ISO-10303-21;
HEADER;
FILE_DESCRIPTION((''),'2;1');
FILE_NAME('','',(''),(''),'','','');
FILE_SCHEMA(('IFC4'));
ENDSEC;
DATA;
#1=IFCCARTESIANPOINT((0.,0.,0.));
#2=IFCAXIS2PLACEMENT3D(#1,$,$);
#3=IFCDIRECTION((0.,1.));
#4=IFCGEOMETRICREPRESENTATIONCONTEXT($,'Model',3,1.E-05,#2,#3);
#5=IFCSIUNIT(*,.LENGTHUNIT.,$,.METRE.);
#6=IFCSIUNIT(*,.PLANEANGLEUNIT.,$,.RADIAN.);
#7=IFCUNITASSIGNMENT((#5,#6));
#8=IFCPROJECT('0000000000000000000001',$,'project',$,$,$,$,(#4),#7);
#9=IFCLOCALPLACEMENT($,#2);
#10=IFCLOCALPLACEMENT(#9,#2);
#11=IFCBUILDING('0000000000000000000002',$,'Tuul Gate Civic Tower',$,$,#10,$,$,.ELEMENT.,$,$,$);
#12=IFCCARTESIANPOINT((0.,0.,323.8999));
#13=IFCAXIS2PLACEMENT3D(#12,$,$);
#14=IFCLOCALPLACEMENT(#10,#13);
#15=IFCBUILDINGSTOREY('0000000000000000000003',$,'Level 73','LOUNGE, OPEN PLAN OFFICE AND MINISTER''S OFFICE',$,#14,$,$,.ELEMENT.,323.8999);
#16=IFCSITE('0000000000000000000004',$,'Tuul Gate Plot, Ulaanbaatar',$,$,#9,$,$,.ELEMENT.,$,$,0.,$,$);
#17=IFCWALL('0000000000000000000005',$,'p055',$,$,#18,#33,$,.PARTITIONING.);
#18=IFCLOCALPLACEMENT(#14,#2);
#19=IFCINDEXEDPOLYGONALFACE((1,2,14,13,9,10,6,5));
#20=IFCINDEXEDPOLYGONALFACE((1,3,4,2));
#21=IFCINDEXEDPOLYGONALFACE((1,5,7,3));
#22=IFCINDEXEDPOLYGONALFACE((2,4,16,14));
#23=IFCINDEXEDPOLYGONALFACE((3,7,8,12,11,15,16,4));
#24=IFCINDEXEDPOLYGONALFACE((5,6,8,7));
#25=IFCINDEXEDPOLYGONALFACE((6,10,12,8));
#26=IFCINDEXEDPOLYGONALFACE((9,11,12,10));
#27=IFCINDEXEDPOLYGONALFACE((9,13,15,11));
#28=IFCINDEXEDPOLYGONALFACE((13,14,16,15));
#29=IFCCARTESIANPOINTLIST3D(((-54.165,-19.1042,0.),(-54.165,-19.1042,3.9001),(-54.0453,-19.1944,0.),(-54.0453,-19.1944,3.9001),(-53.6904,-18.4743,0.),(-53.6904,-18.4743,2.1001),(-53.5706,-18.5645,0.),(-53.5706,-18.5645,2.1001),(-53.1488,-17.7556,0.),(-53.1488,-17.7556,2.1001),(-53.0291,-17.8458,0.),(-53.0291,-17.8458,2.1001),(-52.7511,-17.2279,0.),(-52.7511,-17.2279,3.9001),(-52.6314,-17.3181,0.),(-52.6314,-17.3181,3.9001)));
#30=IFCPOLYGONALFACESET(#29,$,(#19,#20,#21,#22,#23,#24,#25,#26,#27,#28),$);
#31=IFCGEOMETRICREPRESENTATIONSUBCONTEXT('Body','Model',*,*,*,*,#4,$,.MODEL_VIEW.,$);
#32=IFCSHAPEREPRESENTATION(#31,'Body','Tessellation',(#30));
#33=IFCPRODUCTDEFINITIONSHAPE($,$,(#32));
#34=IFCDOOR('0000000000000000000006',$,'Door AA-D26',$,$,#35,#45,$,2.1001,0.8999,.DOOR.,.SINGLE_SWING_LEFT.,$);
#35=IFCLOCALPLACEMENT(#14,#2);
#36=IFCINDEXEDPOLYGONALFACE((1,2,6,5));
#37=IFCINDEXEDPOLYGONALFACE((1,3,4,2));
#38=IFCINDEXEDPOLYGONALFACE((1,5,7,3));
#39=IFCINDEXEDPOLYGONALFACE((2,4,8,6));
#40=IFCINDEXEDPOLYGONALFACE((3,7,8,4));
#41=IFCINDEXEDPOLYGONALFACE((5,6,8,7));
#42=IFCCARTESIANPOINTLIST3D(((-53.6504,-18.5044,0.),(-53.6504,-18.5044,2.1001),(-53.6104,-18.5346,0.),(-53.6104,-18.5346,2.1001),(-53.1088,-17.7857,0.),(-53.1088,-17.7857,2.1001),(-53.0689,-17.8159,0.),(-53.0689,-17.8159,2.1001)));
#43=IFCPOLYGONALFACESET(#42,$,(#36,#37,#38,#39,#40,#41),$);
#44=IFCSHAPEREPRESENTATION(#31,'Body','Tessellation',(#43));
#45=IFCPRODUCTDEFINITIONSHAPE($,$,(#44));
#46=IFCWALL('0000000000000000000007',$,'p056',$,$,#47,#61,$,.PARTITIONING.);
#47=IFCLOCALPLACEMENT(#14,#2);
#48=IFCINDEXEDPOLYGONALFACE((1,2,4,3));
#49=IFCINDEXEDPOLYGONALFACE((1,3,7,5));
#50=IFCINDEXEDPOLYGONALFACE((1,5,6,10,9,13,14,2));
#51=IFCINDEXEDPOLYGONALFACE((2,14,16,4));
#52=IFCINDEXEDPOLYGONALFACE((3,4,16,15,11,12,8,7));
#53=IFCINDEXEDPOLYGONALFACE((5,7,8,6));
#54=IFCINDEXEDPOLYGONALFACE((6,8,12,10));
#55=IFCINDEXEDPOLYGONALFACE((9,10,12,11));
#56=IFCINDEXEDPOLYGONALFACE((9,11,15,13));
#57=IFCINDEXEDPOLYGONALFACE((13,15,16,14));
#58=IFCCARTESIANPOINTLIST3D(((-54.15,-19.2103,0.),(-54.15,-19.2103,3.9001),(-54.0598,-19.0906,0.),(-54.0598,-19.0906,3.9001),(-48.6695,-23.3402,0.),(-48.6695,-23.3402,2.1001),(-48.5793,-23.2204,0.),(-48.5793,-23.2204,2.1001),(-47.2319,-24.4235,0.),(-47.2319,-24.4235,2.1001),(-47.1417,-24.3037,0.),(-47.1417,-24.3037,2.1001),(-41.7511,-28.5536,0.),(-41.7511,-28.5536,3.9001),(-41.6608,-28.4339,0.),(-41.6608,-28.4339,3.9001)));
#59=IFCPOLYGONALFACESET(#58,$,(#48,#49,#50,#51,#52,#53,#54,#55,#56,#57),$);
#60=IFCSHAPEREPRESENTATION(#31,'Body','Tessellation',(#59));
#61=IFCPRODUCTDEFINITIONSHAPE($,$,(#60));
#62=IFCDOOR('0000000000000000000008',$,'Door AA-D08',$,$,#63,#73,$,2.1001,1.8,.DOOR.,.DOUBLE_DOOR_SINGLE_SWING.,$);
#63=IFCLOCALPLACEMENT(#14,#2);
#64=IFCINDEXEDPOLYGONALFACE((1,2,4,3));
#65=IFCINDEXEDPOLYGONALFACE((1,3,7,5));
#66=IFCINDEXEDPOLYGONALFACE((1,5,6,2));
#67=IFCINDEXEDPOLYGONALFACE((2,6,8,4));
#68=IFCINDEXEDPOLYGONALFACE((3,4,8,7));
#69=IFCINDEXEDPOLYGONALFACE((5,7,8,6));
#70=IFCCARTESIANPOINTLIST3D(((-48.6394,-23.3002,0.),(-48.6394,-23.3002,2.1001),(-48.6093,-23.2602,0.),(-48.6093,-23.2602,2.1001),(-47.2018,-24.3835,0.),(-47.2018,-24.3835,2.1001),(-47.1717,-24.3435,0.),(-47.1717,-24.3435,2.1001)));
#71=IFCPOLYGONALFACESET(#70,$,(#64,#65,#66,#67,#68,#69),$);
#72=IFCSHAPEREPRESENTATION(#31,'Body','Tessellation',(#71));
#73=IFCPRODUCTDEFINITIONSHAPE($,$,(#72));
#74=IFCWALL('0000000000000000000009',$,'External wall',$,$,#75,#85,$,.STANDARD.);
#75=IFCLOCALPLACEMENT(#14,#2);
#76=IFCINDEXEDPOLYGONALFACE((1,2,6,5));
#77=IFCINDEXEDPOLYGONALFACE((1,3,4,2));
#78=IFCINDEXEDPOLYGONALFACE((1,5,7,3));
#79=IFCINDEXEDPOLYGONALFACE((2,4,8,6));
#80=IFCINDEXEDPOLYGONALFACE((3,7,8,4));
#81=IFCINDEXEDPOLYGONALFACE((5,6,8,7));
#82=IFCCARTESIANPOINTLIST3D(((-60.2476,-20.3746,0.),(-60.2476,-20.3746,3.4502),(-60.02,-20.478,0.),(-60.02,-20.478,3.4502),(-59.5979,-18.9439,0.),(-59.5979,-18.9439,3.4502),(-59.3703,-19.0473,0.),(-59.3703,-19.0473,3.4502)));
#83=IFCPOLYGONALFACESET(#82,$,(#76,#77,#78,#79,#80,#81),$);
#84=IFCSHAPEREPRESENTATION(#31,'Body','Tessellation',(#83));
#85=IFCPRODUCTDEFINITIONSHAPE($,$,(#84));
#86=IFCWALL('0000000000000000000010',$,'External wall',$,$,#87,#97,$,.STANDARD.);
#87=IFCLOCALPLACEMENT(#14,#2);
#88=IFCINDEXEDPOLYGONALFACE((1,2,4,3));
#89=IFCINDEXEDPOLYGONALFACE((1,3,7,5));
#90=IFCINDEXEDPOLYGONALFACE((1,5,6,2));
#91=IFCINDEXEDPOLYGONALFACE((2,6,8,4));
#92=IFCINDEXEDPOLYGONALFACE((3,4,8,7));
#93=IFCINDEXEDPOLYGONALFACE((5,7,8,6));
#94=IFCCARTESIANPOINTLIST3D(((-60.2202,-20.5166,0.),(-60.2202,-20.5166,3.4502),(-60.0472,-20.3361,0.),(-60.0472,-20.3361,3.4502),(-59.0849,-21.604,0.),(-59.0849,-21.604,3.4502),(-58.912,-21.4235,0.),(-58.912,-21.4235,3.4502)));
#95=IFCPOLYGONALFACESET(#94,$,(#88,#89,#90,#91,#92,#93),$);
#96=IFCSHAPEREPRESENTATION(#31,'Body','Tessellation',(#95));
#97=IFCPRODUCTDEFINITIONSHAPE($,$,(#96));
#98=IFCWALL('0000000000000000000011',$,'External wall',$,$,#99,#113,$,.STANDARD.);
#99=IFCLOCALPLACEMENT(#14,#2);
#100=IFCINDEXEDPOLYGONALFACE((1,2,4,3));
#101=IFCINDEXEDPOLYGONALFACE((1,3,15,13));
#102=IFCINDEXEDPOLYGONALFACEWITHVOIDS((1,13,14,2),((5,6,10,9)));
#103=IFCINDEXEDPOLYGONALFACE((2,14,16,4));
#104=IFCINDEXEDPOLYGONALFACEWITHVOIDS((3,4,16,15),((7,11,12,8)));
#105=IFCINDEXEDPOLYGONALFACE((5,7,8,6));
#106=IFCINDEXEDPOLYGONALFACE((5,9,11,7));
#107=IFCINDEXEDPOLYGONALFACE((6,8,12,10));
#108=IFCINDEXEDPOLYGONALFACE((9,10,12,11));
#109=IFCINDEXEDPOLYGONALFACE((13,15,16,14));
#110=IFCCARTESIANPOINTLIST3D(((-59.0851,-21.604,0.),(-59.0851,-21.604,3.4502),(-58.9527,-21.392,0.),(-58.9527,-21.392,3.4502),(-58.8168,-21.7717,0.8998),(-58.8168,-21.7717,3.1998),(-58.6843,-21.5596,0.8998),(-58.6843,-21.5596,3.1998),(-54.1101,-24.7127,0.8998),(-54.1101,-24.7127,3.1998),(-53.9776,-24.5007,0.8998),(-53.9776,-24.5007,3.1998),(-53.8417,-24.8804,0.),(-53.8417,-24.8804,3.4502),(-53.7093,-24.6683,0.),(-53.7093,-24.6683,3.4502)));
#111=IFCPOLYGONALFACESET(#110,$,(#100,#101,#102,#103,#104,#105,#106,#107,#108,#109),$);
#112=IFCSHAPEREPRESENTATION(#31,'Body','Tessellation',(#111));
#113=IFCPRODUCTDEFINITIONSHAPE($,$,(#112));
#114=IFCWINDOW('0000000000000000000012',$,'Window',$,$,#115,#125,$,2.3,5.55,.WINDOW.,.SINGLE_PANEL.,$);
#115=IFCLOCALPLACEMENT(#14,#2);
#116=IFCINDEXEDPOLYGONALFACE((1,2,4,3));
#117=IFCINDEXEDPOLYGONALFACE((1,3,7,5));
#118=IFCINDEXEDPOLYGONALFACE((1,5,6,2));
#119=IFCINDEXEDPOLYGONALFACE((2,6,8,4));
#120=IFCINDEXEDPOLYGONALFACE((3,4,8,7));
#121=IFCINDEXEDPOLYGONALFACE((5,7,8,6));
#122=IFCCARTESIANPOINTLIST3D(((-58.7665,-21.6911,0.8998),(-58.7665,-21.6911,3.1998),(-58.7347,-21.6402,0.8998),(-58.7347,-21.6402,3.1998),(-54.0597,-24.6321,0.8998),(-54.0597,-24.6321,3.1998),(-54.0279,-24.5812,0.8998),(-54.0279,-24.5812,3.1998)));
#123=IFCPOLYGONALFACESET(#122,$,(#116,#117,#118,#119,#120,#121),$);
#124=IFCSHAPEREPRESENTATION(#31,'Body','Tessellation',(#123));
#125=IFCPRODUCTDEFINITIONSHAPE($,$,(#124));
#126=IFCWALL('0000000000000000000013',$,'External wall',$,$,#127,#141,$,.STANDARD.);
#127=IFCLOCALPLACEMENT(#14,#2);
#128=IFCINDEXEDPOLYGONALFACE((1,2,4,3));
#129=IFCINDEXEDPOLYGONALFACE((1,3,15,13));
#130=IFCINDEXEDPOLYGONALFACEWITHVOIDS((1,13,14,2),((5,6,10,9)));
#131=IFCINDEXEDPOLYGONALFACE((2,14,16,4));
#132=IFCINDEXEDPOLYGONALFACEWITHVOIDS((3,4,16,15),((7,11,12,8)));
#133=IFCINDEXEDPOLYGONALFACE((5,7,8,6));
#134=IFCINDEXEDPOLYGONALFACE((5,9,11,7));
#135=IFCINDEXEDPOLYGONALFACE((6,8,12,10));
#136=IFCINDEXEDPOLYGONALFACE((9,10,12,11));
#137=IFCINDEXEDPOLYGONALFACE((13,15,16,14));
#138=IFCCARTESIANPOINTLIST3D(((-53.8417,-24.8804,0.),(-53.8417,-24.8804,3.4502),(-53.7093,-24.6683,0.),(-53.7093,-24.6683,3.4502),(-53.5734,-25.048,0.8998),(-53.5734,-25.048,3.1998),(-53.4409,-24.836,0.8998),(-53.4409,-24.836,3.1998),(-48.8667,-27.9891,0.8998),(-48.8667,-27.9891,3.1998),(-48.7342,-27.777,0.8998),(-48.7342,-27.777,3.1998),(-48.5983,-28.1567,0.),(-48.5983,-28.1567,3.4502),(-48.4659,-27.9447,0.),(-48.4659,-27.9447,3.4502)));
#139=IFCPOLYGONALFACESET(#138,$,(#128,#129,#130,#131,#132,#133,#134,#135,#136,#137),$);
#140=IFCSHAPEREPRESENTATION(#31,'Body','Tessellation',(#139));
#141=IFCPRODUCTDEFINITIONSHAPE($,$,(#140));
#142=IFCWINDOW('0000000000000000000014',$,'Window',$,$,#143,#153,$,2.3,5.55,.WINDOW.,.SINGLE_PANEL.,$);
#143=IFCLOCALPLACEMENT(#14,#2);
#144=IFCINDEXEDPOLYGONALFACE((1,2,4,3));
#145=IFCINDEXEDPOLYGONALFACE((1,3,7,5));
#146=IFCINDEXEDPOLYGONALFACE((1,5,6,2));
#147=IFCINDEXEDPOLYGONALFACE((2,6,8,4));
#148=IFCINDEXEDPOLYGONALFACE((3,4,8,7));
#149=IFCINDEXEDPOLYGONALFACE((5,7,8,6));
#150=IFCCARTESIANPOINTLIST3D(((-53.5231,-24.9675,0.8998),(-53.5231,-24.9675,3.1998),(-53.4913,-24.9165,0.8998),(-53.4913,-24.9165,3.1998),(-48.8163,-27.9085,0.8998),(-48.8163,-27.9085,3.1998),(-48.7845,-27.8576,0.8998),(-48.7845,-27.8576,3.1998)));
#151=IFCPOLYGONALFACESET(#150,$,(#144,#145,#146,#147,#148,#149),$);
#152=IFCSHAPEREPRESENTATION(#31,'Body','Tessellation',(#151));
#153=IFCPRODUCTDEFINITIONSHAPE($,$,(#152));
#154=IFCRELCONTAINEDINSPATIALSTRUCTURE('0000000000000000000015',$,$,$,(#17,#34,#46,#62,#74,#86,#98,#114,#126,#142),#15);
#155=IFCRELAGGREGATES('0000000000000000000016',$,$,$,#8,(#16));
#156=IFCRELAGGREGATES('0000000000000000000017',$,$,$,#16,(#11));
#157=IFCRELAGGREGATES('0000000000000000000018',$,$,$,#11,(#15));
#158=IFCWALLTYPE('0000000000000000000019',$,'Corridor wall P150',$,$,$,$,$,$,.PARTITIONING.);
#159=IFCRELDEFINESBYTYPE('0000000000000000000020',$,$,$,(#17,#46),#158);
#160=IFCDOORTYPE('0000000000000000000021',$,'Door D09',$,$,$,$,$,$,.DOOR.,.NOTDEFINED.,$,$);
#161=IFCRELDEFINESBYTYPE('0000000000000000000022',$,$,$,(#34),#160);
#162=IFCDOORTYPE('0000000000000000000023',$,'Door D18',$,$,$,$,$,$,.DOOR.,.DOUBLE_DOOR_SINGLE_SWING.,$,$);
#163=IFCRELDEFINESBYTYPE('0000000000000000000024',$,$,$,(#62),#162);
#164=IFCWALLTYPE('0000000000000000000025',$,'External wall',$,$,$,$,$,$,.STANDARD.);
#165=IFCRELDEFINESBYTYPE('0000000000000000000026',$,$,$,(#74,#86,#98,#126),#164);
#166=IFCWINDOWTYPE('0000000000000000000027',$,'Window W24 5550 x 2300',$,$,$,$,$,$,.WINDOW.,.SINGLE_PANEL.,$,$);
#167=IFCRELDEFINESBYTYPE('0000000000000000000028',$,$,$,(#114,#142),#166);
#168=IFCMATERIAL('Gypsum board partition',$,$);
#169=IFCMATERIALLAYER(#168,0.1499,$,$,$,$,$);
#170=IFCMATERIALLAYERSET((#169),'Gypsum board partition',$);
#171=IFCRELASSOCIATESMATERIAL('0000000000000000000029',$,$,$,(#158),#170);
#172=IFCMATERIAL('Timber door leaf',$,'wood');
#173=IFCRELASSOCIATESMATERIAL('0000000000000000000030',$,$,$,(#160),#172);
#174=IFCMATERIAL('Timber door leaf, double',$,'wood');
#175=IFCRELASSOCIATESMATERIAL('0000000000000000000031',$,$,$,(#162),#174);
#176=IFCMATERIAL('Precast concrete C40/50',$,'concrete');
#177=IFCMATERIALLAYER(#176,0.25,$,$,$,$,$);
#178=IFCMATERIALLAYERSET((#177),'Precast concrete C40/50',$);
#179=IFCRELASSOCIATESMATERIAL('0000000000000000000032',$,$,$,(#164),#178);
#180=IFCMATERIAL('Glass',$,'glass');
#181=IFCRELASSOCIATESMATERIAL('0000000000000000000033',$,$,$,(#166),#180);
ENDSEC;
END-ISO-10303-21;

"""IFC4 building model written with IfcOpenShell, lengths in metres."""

from ifc_helpers import new_model, si_unit, direction, frame, frame_2d, origin, place, context, subcontext, project, spatial, rectangle, extrude, material, layer, layer_set, type_object, element, fill, save


model = new_model("IFC4")

# Units and contexts
model_context = context("Model", 3, precision=1e-05, world=origin(), true_north=direction((0.0, 1.0)))
body_context = subcontext(model_context, "Body", "Model", "MODEL_VIEW")
ifc_project = project(units=[si_unit("LENGTHUNIT", "METRE"), si_unit("PLANEANGLEUNIT", "RADIAN")], contexts=[model_context])

# Site, building, storey
site_placement = place(None, origin())
site = spatial("IfcSite", under=ifc_project, at=site_placement, Name="Tuul Gate Plot, Ulaanbaatar", CompositionType="ELEMENT", RefElevation=0.0)
building_placement = place(site_placement, origin())
building = spatial("IfcBuilding", under=site, at=building_placement, Name="Tuul Gate Civic Tower", CompositionType="ELEMENT")
storey_placement = place(building_placement, frame((0.0, 0.0, 323.8999)))
storey = spatial("IfcBuildingStorey", under=building, at=storey_placement, Name="Level 73", Description="LOUNGE, OPEN PLAN OFFICE AND MINISTER'S OFFICE", CompositionType="ELEMENT", Elevation=323.8999)

# Shared definitions
ifc_material_1 = material(Name="Gypsum board partition")
ifc_layer_1 = layer(ifc_material_1, 0.1499)
ifc_layer_set_1 = layer_set([ifc_layer_1], Name="Gypsum board partition")
wall_type_1 = type_object("IfcWallType", Name="Corridor wall P150", PredefinedType="PARTITIONING", material=ifc_layer_set_1)
ifc_material_2 = material(Name="Timber door leaf", Category="wood")
door_type_1 = type_object("IfcDoorType", Name="Door D09", OperationType="NOTDEFINED", PredefinedType="DOOR", material=ifc_material_2)

# Walls, openings, doors
wall_1_placement = place(storey_placement, frame((-54.1052, -19.1494, 0.0), z_axis=(0.0, 0.0, 1.0), x_axis=(0.601811, 0.798639, 0.0)))
wall_1 = element("IfcWall", 1, at=wall_1_placement, inside=storey, type_object=wall_type_1, Name="p055", PredefinedType="PARTITIONING", context=body_context, shape_type="SweptSolid", body=[
    extrude(rectangle(XDim=2.3494, YDim=0.1499, at=frame_2d((1.1748, 0.0))), origin(), (0.0, 0.0, 1.0), 3.9001),
])
opening_1_placement = place(wall_1_placement, frame((0.7888, 0.0, 0.0)))
opening_1 = element("IfcOpeningElement", 2, at=opening_1_placement, cuts=wall_1, PredefinedType="OPENING", context=body_context, shape_type="SweptSolid", body=[
    extrude(rectangle(XDim=0.8999, YDim=2.1001, at=frame_2d((0.45, 1.05))), frame((0.0, 0.085, 0.0), z_axis=(0.0, -1.0, 0.0), x_axis=(1.0, 0.0, 0.0)), (0.0, 0.0, 1.0), 0.1699),
])
door_1_placement = place(opening_1_placement, origin())
door_1 = element("IfcDoor", 3, at=door_1_placement, inside=storey, type_object=door_type_1, Name="Door AA-D26", OperationType="SINGLE_SWING_LEFT", OverallHeight=2.1001, OverallWidth=0.8999, PredefinedType="DOOR", context=body_context, shape_type="SweptSolid", body=[
    extrude(rectangle(XDim=0.8999, YDim=2.1001, at=frame_2d((0.45, 1.05))), frame((0.0, 0.0249, 0.0), z_axis=(0.0, -1.0, 0.0), x_axis=(1.0, 0.0, 0.0)), (0.0, 0.0, 1.0), 0.05),
])
fill(opening_1, door_1)
wall_2_placement = place(storey_placement, frame((-54.105, -19.1504, 0.0), z_axis=(0.0, 0.0, 1.0), x_axis=(0.798635, -0.601815, 0.0)))
wall_2 = element("IfcWall", 4, at=wall_2_placement, inside=storey, type_object=wall_type_1, Name="p056", PredefinedType="PARTITIONING", context=body_context, shape_type="SweptSolid", body=[
    extrude(rectangle(XDim=15.5251, YDim=0.1499, at=frame_2d((7.7627, 0.0))), origin(), (0.0, 0.0, 1.0), 3.9001),
])
opening_2_placement = place(wall_2_placement, frame((6.8625, 0.0, 0.0)))
opening_2 = element("IfcOpeningElement", 5, at=opening_2_placement, cuts=wall_2, PredefinedType="OPENING", context=body_context, shape_type="SweptSolid", body=[
    extrude(rectangle(XDim=1.8, YDim=2.1001, at=frame_2d((0.8999, 1.05))), frame((0.0, 0.085, 0.0), z_axis=(0.0, -1.0, 0.0), x_axis=(1.0, 0.0, 0.0)), (0.0, 0.0, 1.0), 0.1699),
])
ifc_material_3 = material(Name="Timber door leaf, double", Category="wood")
door_type_2 = type_object("IfcDoorType", Name="Door D18", OperationType="DOUBLE_DOOR_SINGLE_SWING", PredefinedType="DOOR", material=ifc_material_3)
door_2_placement = place(opening_2_placement, frame((1.8, 0.0, 0.0), z_axis=(0.0, 0.0, 1.0), x_axis=(-1.0, 0.0, 0.0)))
door_2 = element("IfcDoor", 6, at=door_2_placement, inside=storey, type_object=door_type_2, Name="Door AA-D08", OperationType="DOUBLE_DOOR_SINGLE_SWING", OverallHeight=2.1001, OverallWidth=1.8, PredefinedType="DOOR", context=body_context, shape_type="SweptSolid", body=[
    extrude(rectangle(XDim=1.8, YDim=2.1001, at=frame_2d((0.9001, 1.05))), frame((0.0, 0.0249, 0.0), z_axis=(0.0, -1.0, 0.0), x_axis=(1.0, 0.0, 0.0)), (0.0, 0.0, 1.0), 0.05),
])
fill(opening_2, door_2)

# Walls
ifc_material_4 = material(Name="Precast concrete C40/50", Category="concrete")
ifc_layer_2 = layer(ifc_material_4, 0.25)
ifc_layer_set_2 = layer_set([ifc_layer_2], Name="Precast concrete C40/50")
wall_type_2 = type_object("IfcWallType", Name="External wall", PredefinedType="STANDARD", material=ifc_layer_set_2)
wall_3_placement = place(storey_placement, frame((-59.4841, -18.9956, 0.0), z_axis=(0.0, 0.0, 1.0), x_axis=(-0.413463, -0.910521, 0.0)))
element("IfcWall", 7, at=wall_3_placement, inside=storey, type_object=wall_type_2, Name="External wall", PredefinedType="STANDARD", context=body_context, shape_type="SweptSolid", body=[
    extrude(rectangle(XDim=1.5713, YDim=0.25, at=frame_2d((0.7856, 0.0))), origin(), (0.0, 0.0, 1.0), 3.4502),
])
wall_4_placement = place(storey_placement, frame((-60.1338, -20.4263, 0.0), z_axis=(0.0, 0.0, 1.0), x_axis=(0.722163, -0.691723, 0.0)))
element("IfcWall", 8, at=wall_4_placement, inside=storey, type_object=wall_type_2, Name="External wall", PredefinedType="STANDARD", context=body_context, shape_type="SweptSolid", body=[
    extrude(rectangle(XDim=1.572, YDim=0.25, at=frame_2d((0.7861, 0.0))), origin(), (0.0, 0.0, 1.0), 3.4502),
])

# Walls, openings, windows
wall_5_placement = place(storey_placement, frame((-59.0188, -21.498, 0.0), z_axis=(0.0, 0.0, 1.0), x_axis=(0.848054, -0.52991, 0.0)))
wall_5 = element("IfcWall", 9, at=wall_5_placement, inside=storey, type_object=wall_type_2, Name="External wall", PredefinedType="STANDARD", context=body_context, shape_type="SweptSolid", body=[
    extrude(rectangle(XDim=6.1829, YDim=0.25, at=frame_2d((3.0913, 0.0))), origin(), (0.0, 0.0, 1.0), 3.4502),
])
opening_3_placement = place(wall_5_placement, frame((0.3164, 0.0, 0.8999)))
opening_3 = element("IfcOpeningElement", 10, at=opening_3_placement, cuts=wall_5, PredefinedType="OPENING", context=body_context, shape_type="SweptSolid", body=[
    extrude(rectangle(XDim=5.55, YDim=2.3, at=frame_2d((2.7749, 1.1499))), frame((0.0, 0.135, 0.0), z_axis=(0.0, -1.0, 0.0), x_axis=(1.0, 0.0, 0.0)), (0.0, 0.0, 1.0), 0.27),
])
ifc_material_5 = material(Name="Glass", Category="glass")
window_type = type_object("IfcWindowType", Name="Window W24 5550 x 2300", PartitioningType="SINGLE_PANEL", PredefinedType="WINDOW", material=ifc_material_5)
window_1_placement = place(opening_3_placement, origin())
window_1 = element("IfcWindow", 11, at=window_1_placement, inside=storey, type_object=window_type, Name="Window", OverallHeight=2.3, OverallWidth=5.55, PartitioningType="SINGLE_PANEL", PredefinedType="WINDOW", context=body_context, shape_type="SweptSolid", body=[
    extrude(rectangle(XDim=5.55, YDim=2.3, at=frame_2d((2.7749, 1.1499))), frame((0.0, 0.03, 0.0), z_axis=(0.0, -1.0, 0.0), x_axis=(1.0, 0.0, 0.0)), (0.0, 0.0, 1.0), 0.0601),
])
fill(opening_3, window_1)
wall_6_placement = place(storey_placement, frame((-53.7754, -24.7744, 0.0), z_axis=(0.0, 0.0, 1.0), x_axis=(0.848054, -0.52991, 0.0)))
wall_6 = element("IfcWall", 12, at=wall_6_placement, inside=storey, type_object=wall_type_2, Name="External wall", PredefinedType="STANDARD", context=body_context, shape_type="SweptSolid", body=[
    extrude(rectangle(XDim=6.1829, YDim=0.25, at=frame_2d((3.0913, 0.0))), origin(), (0.0, 0.0, 1.0), 3.4502),
])
opening_4_placement = place(wall_6_placement, frame((0.3164, 0.0, 0.8999)))
opening_4 = element("IfcOpeningElement", 13, at=opening_4_placement, cuts=wall_6, PredefinedType="OPENING", context=body_context, shape_type="SweptSolid", body=[
    extrude(rectangle(XDim=5.55, YDim=2.3, at=frame_2d((2.7749, 1.1499))), frame((0.0, 0.135, 0.0), z_axis=(0.0, -1.0, 0.0), x_axis=(1.0, 0.0, 0.0)), (0.0, 0.0, 1.0), 0.27),
])
window_2_placement = place(opening_4_placement, origin())
window_2 = element("IfcWindow", 14, at=window_2_placement, inside=storey, type_object=window_type, Name="Window", OverallHeight=2.3, OverallWidth=5.55, PartitioningType="SINGLE_PANEL", PredefinedType="WINDOW", context=body_context, shape_type="SweptSolid", body=[
    extrude(rectangle(XDim=5.55, YDim=2.3, at=frame_2d((2.7749, 1.1499))), frame((0.0, 0.03, 0.0), z_axis=(0.0, -1.0, 0.0), x_axis=(1.0, 0.0, 0.0)), (0.0, 0.0, 1.0), 0.0601),
])
fill(opening_4, window_2)

save(model, "model.ifc")
